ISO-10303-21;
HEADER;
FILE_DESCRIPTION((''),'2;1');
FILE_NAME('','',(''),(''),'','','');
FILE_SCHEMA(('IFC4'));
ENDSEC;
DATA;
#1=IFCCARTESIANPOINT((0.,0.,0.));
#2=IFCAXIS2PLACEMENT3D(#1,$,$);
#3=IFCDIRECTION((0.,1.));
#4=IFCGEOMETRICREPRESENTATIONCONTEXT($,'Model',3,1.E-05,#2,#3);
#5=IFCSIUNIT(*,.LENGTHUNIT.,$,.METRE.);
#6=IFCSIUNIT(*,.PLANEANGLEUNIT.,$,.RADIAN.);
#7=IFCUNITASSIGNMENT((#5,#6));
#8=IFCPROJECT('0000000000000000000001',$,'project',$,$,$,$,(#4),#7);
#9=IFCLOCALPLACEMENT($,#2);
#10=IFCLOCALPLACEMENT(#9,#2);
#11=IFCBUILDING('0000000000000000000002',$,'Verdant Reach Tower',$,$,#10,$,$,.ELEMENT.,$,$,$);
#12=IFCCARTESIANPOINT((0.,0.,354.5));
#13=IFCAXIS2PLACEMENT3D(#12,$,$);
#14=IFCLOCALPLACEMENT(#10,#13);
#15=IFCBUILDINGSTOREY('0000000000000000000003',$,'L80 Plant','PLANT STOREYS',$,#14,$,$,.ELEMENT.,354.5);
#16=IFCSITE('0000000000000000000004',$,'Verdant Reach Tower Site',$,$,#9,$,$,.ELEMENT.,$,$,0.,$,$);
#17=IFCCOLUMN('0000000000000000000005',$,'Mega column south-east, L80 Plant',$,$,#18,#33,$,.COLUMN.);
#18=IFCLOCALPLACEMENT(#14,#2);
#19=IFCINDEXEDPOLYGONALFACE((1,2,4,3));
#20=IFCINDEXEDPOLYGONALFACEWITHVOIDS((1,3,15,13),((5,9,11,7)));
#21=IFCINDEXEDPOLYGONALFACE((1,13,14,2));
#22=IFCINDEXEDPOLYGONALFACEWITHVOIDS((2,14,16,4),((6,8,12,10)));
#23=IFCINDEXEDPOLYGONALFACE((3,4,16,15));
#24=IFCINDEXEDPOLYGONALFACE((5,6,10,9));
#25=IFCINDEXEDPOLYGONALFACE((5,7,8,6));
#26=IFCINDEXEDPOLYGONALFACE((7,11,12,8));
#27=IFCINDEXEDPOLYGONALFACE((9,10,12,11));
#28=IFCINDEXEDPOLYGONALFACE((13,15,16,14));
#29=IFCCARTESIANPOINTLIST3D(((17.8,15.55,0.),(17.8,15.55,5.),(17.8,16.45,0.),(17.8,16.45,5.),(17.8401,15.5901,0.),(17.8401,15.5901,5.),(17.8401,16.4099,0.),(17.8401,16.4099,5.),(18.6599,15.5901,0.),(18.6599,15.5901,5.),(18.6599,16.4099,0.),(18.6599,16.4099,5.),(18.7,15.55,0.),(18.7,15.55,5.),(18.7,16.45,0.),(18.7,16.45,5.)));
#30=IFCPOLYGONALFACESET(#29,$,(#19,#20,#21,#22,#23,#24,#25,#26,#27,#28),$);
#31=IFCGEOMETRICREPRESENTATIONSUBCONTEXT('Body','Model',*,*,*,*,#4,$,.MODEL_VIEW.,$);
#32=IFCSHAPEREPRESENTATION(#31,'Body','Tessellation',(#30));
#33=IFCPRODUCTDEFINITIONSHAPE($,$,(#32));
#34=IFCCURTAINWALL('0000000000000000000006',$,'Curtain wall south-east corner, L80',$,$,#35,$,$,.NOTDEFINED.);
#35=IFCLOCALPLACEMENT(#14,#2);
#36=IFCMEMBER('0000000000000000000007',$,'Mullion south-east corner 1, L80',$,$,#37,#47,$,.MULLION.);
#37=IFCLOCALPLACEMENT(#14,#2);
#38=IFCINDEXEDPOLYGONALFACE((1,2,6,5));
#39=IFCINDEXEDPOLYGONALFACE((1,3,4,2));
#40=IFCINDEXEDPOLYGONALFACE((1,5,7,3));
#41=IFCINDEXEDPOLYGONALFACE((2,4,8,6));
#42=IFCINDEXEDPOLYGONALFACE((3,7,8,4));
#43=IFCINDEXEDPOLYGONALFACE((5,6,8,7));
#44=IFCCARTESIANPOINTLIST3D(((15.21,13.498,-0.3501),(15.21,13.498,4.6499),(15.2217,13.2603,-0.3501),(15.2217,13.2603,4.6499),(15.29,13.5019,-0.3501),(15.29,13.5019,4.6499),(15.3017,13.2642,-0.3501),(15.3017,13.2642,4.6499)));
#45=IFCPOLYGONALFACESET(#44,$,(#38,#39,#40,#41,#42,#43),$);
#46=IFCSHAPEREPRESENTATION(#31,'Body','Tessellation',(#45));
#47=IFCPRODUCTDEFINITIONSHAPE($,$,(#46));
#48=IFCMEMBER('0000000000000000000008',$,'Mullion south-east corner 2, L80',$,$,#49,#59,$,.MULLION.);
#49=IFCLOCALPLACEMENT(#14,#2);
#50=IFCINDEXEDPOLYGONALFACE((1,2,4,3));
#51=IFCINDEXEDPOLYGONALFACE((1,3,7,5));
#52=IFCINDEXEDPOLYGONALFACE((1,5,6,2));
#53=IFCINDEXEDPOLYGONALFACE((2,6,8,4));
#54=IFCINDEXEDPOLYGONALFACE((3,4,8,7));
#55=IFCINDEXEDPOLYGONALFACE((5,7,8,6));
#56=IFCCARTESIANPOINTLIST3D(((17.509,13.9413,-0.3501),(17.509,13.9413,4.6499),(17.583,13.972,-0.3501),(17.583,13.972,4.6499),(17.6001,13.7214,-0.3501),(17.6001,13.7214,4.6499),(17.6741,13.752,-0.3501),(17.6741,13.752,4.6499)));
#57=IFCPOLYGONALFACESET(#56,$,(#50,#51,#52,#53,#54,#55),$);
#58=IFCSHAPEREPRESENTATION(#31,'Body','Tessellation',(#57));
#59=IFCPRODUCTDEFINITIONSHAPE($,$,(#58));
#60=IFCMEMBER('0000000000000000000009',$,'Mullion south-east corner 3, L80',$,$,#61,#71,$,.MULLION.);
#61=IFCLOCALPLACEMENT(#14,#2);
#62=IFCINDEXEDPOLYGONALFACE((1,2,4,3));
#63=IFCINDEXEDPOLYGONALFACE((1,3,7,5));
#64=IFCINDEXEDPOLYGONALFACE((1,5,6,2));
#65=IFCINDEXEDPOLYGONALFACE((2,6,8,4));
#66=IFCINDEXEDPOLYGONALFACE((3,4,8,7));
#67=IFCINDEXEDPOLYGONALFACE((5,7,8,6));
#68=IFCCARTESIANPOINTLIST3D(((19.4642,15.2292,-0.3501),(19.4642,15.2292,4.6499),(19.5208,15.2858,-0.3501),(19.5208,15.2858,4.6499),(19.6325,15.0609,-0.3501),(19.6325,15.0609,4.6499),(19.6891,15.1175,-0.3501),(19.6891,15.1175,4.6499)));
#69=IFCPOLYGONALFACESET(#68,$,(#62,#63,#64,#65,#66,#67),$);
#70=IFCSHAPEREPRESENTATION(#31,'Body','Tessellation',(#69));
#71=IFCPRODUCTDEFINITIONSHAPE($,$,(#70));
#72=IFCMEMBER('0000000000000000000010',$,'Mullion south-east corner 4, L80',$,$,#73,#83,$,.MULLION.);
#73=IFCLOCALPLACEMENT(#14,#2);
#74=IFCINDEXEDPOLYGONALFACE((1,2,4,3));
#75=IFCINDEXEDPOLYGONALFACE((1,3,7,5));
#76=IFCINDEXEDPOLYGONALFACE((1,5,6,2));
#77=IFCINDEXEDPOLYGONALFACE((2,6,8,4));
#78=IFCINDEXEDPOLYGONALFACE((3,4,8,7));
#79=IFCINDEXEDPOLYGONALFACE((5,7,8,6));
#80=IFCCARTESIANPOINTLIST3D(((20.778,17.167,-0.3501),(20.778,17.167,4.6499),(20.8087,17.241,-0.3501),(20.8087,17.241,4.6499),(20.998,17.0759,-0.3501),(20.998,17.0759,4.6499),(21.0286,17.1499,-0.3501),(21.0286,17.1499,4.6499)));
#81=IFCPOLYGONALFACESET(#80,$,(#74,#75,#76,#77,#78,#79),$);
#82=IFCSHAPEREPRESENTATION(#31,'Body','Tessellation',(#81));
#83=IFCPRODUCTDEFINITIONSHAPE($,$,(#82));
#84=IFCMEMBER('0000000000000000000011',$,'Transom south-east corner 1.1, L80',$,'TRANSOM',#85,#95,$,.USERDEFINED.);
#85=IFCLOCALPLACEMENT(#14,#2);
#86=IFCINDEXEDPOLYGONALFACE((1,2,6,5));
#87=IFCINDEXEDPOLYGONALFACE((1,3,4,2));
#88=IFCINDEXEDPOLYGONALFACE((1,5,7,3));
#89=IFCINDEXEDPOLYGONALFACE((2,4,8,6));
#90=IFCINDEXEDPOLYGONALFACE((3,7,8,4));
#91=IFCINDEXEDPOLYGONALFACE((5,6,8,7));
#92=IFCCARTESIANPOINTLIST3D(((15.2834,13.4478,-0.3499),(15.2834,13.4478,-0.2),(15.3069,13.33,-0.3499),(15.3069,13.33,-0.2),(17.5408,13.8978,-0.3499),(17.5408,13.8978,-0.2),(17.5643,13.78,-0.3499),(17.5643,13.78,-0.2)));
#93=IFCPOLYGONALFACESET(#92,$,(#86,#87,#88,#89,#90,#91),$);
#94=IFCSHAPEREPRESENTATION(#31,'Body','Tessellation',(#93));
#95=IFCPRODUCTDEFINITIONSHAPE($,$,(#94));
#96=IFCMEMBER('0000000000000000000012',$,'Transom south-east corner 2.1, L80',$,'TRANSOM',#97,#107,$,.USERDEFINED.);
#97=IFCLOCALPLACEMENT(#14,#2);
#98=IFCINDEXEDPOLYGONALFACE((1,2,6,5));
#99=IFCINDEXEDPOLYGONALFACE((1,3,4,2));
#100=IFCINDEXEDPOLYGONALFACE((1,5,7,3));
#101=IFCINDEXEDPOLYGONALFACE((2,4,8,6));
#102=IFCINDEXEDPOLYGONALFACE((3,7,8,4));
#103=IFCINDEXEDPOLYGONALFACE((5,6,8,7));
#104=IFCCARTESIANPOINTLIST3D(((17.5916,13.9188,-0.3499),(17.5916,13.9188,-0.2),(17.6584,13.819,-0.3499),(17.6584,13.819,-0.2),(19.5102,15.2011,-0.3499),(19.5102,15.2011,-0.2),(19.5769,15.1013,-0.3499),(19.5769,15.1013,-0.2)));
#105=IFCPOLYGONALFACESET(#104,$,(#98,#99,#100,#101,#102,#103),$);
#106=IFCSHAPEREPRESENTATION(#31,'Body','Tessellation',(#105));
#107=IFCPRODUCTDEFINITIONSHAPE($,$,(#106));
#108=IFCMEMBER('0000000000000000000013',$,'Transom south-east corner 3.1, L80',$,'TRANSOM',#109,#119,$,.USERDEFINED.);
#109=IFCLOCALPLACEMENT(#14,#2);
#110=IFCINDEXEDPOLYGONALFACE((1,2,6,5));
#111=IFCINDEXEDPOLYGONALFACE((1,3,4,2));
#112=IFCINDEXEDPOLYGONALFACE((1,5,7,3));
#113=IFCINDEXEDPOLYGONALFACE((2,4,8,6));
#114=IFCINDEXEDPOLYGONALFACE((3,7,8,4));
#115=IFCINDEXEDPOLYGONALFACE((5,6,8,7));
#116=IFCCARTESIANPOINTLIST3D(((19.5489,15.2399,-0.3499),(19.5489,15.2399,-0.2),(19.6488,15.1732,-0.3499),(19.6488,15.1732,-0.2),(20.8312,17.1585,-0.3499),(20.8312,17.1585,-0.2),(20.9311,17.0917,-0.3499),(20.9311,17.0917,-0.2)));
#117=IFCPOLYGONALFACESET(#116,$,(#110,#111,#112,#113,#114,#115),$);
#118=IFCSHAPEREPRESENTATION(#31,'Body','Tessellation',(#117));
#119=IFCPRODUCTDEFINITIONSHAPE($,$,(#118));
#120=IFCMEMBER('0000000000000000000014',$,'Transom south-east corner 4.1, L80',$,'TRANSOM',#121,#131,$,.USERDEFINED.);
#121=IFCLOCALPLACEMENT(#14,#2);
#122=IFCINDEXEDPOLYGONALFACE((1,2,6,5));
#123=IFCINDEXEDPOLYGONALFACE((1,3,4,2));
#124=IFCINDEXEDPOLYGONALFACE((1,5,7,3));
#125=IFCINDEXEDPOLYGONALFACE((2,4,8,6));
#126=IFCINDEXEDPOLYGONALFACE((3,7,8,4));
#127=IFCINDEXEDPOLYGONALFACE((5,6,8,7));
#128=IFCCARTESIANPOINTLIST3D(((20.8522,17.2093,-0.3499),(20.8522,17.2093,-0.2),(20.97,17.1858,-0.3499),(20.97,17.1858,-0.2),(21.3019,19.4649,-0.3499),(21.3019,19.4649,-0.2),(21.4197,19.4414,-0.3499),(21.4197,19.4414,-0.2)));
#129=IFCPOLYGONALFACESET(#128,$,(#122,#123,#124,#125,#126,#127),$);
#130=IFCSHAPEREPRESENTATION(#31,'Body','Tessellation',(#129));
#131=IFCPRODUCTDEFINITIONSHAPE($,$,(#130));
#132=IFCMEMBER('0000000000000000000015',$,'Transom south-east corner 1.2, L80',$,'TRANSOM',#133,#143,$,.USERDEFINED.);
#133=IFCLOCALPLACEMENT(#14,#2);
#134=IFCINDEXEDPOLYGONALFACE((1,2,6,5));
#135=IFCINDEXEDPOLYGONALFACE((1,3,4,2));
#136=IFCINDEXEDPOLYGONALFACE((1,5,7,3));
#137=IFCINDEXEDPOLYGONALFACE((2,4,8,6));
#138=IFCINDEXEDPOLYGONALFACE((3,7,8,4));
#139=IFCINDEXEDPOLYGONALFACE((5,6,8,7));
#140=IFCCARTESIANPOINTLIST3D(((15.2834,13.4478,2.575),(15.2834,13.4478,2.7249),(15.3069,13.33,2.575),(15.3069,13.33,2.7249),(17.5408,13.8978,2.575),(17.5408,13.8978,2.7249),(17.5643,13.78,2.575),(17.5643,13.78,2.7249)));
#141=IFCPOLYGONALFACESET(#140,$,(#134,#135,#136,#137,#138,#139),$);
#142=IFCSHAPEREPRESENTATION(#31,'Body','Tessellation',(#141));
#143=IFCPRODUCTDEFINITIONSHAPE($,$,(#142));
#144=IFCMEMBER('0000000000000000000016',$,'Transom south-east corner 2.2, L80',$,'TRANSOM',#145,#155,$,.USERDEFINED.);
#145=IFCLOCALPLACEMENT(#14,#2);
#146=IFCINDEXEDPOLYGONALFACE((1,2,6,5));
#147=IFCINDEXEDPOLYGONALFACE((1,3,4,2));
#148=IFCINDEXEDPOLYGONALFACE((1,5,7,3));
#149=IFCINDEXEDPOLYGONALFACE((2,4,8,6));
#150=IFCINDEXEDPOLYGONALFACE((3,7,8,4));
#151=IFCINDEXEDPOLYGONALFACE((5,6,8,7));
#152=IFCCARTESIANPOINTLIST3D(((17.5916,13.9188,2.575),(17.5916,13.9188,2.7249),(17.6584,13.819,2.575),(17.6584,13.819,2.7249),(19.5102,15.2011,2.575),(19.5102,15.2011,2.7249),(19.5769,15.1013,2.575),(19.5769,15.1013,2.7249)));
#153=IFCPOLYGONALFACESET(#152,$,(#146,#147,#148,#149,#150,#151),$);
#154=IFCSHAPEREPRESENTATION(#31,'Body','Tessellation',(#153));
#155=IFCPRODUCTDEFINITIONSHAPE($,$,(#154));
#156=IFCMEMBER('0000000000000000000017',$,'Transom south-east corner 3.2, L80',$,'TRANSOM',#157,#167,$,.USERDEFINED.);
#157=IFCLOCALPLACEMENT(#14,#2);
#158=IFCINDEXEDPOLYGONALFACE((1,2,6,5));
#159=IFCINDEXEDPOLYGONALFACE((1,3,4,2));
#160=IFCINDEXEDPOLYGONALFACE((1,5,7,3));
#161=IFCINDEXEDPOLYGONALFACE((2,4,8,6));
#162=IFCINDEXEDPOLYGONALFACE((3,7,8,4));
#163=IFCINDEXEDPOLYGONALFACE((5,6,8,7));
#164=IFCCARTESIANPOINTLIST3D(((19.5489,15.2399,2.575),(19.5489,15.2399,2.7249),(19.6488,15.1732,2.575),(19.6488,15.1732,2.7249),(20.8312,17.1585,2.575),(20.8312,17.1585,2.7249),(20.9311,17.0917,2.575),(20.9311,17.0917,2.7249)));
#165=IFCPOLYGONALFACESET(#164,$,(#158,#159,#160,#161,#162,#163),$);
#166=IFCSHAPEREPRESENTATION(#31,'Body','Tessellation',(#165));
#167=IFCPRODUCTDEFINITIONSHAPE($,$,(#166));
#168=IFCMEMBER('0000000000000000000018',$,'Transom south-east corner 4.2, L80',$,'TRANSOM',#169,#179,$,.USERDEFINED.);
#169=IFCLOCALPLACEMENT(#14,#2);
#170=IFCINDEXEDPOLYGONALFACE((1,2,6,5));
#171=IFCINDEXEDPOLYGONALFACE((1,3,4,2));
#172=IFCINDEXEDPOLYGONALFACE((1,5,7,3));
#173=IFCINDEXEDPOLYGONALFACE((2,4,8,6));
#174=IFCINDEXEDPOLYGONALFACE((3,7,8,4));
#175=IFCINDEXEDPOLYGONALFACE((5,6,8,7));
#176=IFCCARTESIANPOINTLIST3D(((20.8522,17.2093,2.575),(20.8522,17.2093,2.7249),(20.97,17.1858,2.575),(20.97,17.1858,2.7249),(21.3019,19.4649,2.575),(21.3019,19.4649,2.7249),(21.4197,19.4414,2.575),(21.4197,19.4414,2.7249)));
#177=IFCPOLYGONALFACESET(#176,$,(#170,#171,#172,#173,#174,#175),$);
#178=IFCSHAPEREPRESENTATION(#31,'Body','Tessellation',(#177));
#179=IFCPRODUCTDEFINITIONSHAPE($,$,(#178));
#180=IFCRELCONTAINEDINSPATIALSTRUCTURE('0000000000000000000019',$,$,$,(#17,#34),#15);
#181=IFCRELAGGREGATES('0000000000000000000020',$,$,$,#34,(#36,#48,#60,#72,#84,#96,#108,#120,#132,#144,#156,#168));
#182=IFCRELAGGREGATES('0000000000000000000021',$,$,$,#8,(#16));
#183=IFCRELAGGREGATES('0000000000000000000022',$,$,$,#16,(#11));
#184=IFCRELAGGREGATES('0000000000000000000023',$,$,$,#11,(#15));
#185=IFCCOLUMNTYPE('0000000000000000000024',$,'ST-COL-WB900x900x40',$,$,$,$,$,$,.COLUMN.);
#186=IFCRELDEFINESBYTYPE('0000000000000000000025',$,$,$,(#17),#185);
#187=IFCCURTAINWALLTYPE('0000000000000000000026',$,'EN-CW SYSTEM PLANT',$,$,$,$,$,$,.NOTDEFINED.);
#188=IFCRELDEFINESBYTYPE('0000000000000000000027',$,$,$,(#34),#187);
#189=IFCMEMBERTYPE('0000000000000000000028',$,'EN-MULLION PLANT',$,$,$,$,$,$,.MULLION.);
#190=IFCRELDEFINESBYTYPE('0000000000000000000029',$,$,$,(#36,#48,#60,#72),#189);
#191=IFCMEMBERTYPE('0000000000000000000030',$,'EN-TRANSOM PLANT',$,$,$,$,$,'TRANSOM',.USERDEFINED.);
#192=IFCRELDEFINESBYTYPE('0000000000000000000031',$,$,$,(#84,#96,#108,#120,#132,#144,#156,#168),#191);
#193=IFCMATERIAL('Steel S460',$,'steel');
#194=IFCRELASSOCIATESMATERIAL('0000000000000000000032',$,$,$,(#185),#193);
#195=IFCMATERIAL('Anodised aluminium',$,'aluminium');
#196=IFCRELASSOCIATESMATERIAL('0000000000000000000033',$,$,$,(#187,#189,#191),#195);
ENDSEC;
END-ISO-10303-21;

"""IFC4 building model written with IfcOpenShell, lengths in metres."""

from ifc_helpers import new_model, si_unit, direction, frame, origin, origin_2d, place, context, subcontext, project, spatial, rectangle, hollow_rectangle, extrude, material, material_profile, profile_set, type_object, element, aggregate, save


model = new_model("IFC4")

# Units and contexts
model_context = context("Model", 3, precision=1e-05, world=origin(), true_north=direction((0.0, 1.0)))
body_context = subcontext(model_context, "Body", "Model", "MODEL_VIEW")
ifc_project = project(units=[si_unit("LENGTHUNIT", "METRE"), si_unit("PLANEANGLEUNIT", "RADIAN")], contexts=[model_context])

# Site, building, storey
site_placement = place(None, origin())
site = spatial("IfcSite", under=ifc_project, at=site_placement, Name="Verdant Reach Tower Site", CompositionType="ELEMENT", RefElevation=0.0)
building_placement = place(site_placement, origin())
building = spatial("IfcBuilding", under=site, at=building_placement, Name="Verdant Reach Tower", CompositionType="ELEMENT")
storey_placement = place(building_placement, frame((0.0, 0.0, 354.5)))
storey = spatial("IfcBuildingStorey", under=building, at=storey_placement, Name="L80 Plant", Description="PLANT STOREYS", CompositionType="ELEMENT", Elevation=354.5)

# Column
ifc_material_1 = material(Name="Steel S460", Category="steel")
ifc_material_profile_1 = material_profile(ifc_material_1, hollow_rectangle(XDim=0.8999, YDim=0.8999, WallThickness=0.04, at=origin_2d()), Name="WB 900x900x40")
ifc_profile_set_1 = profile_set([ifc_material_profile_1], Name="Steel S460")
column_type = type_object("IfcColumnType", Name="ST-COL-WB900x900x40", PredefinedType="COLUMN", material=ifc_profile_set_1)
column_placement = place(storey_placement, frame((18.25, 16.0, 0.0), z_axis=(0.0, 0.0, 1.0), x_axis=(1.0, 0.0, 0.0)))
element("IfcColumn", 1, at=column_placement, inside=storey, type_object=column_type, Name="Mega column south-east, L80 Plant", PredefinedType="COLUMN", context=body_context, shape_type="SweptSolid", body=[
    extrude(hollow_rectangle(XDim=0.8999, YDim=0.8999, WallThickness=0.04, at=origin_2d()), origin(), (0.0, 0.0, 1.0), 5.0),
])

# Curtain wall, members
ifc_material_2 = material(Name="Anodised aluminium", Category="aluminium")
curtain_wall_type = type_object("IfcCurtainWallType", Name="EN-CW SYSTEM PLANT", PredefinedType="NOTDEFINED", material=ifc_material_2)
curtain_wall_1_placement = place(storey_placement, origin())
curtain_wall_1 = element("IfcCurtainWall", 2, at=curtain_wall_1_placement, inside=storey, type_object=curtain_wall_type, Name="Curtain wall south-east corner, L80", PredefinedType="NOTDEFINED")
ifc_material_profile_2 = material_profile(ifc_material_2, rectangle(XDim=0.238, YDim=0.0801, at=origin_2d()), Name="Mullion 80x240")
ifc_profile_set_2 = profile_set([ifc_material_profile_2], Name="Anodised aluminium")
member_type_1 = type_object("IfcMemberType", Name="EN-MULLION PLANT", PredefinedType="MULLION", material=ifc_profile_set_2)
member_1_placement = place(storey_placement, frame((15.2559, 13.3811, -0.3501), z_axis=(0.0, 0.0, 1.0), x_axis=(0.049128, -0.998793, 0.0)))
member_1 = element("IfcMember", 3, at=member_1_placement, type_object=member_type_1, Name="Mullion south-east corner 1, L80", PredefinedType="MULLION", context=body_context, shape_type="SweptSolid", body=[
    extrude(rectangle(XDim=0.238, YDim=0.0801, at=origin_2d()), origin(), (0.0, 0.0, 1.0), 5.0),
])
member_2_placement = place(storey_placement, frame((17.5916, 13.8467, -0.3501), z_axis=(0.0, 0.0, 1.0), x_axis=(0.382694, -0.923875, 0.0)))
member_2 = element("IfcMember", 4, at=member_2_placement, type_object=member_type_1, Name="Mullion south-east corner 2, L80", PredefinedType="MULLION", context=body_context, shape_type="SweptSolid", body=[
    extrude(rectangle(XDim=0.238, YDim=0.0801, at=origin_2d()), origin(), (0.0, 0.0, 1.0), 5.0),
])
member_3_placement = place(storey_placement, frame((19.5767, 15.1733, -0.3501), z_axis=(0.0, 0.0, 1.0), x_axis=(0.707107, -0.707107, 0.0)))
member_3 = element("IfcMember", 5, at=member_3_placement, type_object=member_type_1, Name="Mullion south-east corner 3, L80", PredefinedType="MULLION", context=body_context, shape_type="SweptSolid", body=[
    extrude(rectangle(XDim=0.238, YDim=0.0801, at=origin_2d()), origin(), (0.0, 0.0, 1.0), 5.0),
])
member_4_placement = place(storey_placement, frame((20.9033, 17.1584, -0.3501), z_axis=(0.0, 0.0, 1.0), x_axis=(0.923875, -0.382694, 0.0)))
member_4 = element("IfcMember", 6, at=member_4_placement, type_object=member_type_1, Name="Mullion south-east corner 4, L80", PredefinedType="MULLION", context=body_context, shape_type="SweptSolid", body=[
    extrude(rectangle(XDim=0.238, YDim=0.0801, at=origin_2d()), origin(), (0.0, 0.0, 1.0), 5.0),
])
ifc_material_profile_3 = material_profile(ifc_material_2, rectangle(XDim=0.1201, YDim=0.1499, at=origin_2d()), Name="Transom 150x120")
ifc_profile_set_3 = profile_set([ifc_material_profile_3], Name="Anodised aluminium")
member_type_2 = type_object("IfcMemberType", Name="EN-TRANSOM PLANT", ElementType="TRANSOM", PredefinedType="USERDEFINED", material=ifc_profile_set_3)
member_5_placement = place(storey_placement, frame((15.2952, 13.3889, -0.2749), z_axis=(0.980707, 0.195484, 0.0), x_axis=(-0.195484, 0.980707, 0.0)))
member_5 = element("IfcMember", 7, at=member_5_placement, type_object=member_type_2, Name="Transom south-east corner 1.1, L80", ObjectType="TRANSOM", PredefinedType="USERDEFINED", context=body_context, shape_type="SweptSolid", body=[
    extrude(rectangle(XDim=0.1201, YDim=0.1499, at=origin_2d()), origin(), (0.0, 0.0, 1.0), 2.3018),
])
member_6_placement = place(storey_placement, frame((17.625, 13.8689, -0.2749), z_axis=(0.831399, 0.555676, 0.0), x_axis=(-0.555676, 0.831399, 0.0)))
member_6 = element("IfcMember", 8, at=member_6_placement, type_object=member_type_2, Name="Transom south-east corner 2.1, L80", ObjectType="TRANSOM", PredefinedType="USERDEFINED", context=body_context, shape_type="SweptSolid", body=[
    extrude(rectangle(XDim=0.1201, YDim=0.1499, at=origin_2d()), origin(), (0.0, 0.0, 1.0), 2.3076),
])
member_7_placement = place(storey_placement, frame((19.5989, 15.2065, -0.2749), z_axis=(0.555676, 0.831399, 0.0), x_axis=(-0.831399, 0.555676, 0.0)))
member_7 = element("IfcMember", 9, at=member_7_placement, type_object=member_type_2, Name="Transom south-east corner 3.1, L80", ObjectType="TRANSOM", PredefinedType="USERDEFINED", context=body_context, shape_type="SweptSolid", body=[
    extrude(rectangle(XDim=0.1201, YDim=0.1499, at=origin_2d()), origin(), (0.0, 0.0, 1.0), 2.3076),
])
member_8_placement = place(storey_placement, frame((20.9111, 17.1975, -0.2749), z_axis=(0.195524, 0.980699, 0.0), x_axis=(-0.980699, 0.195524, 0.0)))
member_8 = element("IfcMember", 10, at=member_8_placement, type_object=member_type_2, Name="Transom south-east corner 4.1, L80", ObjectType="TRANSOM", PredefinedType="USERDEFINED", context=body_context, shape_type="SweptSolid", body=[
    extrude(rectangle(XDim=0.1201, YDim=0.1499, at=origin_2d()), origin(), (0.0, 0.0, 1.0), 2.3),
])
member_9_placement = place(storey_placement, frame((15.2952, 13.3889, 2.6499), z_axis=(0.980707, 0.195484, 0.0), x_axis=(-0.195484, 0.980707, 0.0)))
member_9 = element("IfcMember", 11, at=member_9_placement, type_object=member_type_2, Name="Transom south-east corner 1.2, L80", ObjectType="TRANSOM", PredefinedType="USERDEFINED", context=body_context, shape_type="SweptSolid", body=[
    extrude(rectangle(XDim=0.1201, YDim=0.1499, at=origin_2d()), origin(), (0.0, 0.0, 1.0), 2.3018),
])
member_10_placement = place(storey_placement, frame((17.625, 13.8689, 2.6499), z_axis=(0.831399, 0.555676, 0.0), x_axis=(-0.555676, 0.831399, 0.0)))
member_10 = element("IfcMember", 12, at=member_10_placement, type_object=member_type_2, Name="Transom south-east corner 2.2, L80", ObjectType="TRANSOM", PredefinedType="USERDEFINED", context=body_context, shape_type="SweptSolid", body=[
    extrude(rectangle(XDim=0.1201, YDim=0.1499, at=origin_2d()), origin(), (0.0, 0.0, 1.0), 2.3076),
])
member_11_placement = place(storey_placement, frame((19.5989, 15.2065, 2.6499), z_axis=(0.555676, 0.831399, 0.0), x_axis=(-0.831399, 0.555676, 0.0)))
member_11 = element("IfcMember", 13, at=member_11_placement, type_object=member_type_2, Name="Transom south-east corner 3.2, L80", ObjectType="TRANSOM", PredefinedType="USERDEFINED", context=body_context, shape_type="SweptSolid", body=[
    extrude(rectangle(XDim=0.1201, YDim=0.1499, at=origin_2d()), origin(), (0.0, 0.0, 1.0), 2.3076),
])
member_12_placement = place(storey_placement, frame((20.9111, 17.1975, 2.6499), z_axis=(0.195524, 0.980699, 0.0), x_axis=(-0.980699, 0.195524, 0.0)))
member_12 = element("IfcMember", 14, at=member_12_placement, type_object=member_type_2, Name="Transom south-east corner 4.2, L80", ObjectType="TRANSOM", PredefinedType="USERDEFINED", context=body_context, shape_type="SweptSolid", body=[
    extrude(rectangle(XDim=0.1201, YDim=0.1499, at=origin_2d()), origin(), (0.0, 0.0, 1.0), 2.3),
])

aggregate(curtain_wall_1, [member_1, member_2, member_3, member_4, member_5, member_6, member_7, member_8, member_9, member_10, member_11, member_12])

save(model, "model.ifc")
